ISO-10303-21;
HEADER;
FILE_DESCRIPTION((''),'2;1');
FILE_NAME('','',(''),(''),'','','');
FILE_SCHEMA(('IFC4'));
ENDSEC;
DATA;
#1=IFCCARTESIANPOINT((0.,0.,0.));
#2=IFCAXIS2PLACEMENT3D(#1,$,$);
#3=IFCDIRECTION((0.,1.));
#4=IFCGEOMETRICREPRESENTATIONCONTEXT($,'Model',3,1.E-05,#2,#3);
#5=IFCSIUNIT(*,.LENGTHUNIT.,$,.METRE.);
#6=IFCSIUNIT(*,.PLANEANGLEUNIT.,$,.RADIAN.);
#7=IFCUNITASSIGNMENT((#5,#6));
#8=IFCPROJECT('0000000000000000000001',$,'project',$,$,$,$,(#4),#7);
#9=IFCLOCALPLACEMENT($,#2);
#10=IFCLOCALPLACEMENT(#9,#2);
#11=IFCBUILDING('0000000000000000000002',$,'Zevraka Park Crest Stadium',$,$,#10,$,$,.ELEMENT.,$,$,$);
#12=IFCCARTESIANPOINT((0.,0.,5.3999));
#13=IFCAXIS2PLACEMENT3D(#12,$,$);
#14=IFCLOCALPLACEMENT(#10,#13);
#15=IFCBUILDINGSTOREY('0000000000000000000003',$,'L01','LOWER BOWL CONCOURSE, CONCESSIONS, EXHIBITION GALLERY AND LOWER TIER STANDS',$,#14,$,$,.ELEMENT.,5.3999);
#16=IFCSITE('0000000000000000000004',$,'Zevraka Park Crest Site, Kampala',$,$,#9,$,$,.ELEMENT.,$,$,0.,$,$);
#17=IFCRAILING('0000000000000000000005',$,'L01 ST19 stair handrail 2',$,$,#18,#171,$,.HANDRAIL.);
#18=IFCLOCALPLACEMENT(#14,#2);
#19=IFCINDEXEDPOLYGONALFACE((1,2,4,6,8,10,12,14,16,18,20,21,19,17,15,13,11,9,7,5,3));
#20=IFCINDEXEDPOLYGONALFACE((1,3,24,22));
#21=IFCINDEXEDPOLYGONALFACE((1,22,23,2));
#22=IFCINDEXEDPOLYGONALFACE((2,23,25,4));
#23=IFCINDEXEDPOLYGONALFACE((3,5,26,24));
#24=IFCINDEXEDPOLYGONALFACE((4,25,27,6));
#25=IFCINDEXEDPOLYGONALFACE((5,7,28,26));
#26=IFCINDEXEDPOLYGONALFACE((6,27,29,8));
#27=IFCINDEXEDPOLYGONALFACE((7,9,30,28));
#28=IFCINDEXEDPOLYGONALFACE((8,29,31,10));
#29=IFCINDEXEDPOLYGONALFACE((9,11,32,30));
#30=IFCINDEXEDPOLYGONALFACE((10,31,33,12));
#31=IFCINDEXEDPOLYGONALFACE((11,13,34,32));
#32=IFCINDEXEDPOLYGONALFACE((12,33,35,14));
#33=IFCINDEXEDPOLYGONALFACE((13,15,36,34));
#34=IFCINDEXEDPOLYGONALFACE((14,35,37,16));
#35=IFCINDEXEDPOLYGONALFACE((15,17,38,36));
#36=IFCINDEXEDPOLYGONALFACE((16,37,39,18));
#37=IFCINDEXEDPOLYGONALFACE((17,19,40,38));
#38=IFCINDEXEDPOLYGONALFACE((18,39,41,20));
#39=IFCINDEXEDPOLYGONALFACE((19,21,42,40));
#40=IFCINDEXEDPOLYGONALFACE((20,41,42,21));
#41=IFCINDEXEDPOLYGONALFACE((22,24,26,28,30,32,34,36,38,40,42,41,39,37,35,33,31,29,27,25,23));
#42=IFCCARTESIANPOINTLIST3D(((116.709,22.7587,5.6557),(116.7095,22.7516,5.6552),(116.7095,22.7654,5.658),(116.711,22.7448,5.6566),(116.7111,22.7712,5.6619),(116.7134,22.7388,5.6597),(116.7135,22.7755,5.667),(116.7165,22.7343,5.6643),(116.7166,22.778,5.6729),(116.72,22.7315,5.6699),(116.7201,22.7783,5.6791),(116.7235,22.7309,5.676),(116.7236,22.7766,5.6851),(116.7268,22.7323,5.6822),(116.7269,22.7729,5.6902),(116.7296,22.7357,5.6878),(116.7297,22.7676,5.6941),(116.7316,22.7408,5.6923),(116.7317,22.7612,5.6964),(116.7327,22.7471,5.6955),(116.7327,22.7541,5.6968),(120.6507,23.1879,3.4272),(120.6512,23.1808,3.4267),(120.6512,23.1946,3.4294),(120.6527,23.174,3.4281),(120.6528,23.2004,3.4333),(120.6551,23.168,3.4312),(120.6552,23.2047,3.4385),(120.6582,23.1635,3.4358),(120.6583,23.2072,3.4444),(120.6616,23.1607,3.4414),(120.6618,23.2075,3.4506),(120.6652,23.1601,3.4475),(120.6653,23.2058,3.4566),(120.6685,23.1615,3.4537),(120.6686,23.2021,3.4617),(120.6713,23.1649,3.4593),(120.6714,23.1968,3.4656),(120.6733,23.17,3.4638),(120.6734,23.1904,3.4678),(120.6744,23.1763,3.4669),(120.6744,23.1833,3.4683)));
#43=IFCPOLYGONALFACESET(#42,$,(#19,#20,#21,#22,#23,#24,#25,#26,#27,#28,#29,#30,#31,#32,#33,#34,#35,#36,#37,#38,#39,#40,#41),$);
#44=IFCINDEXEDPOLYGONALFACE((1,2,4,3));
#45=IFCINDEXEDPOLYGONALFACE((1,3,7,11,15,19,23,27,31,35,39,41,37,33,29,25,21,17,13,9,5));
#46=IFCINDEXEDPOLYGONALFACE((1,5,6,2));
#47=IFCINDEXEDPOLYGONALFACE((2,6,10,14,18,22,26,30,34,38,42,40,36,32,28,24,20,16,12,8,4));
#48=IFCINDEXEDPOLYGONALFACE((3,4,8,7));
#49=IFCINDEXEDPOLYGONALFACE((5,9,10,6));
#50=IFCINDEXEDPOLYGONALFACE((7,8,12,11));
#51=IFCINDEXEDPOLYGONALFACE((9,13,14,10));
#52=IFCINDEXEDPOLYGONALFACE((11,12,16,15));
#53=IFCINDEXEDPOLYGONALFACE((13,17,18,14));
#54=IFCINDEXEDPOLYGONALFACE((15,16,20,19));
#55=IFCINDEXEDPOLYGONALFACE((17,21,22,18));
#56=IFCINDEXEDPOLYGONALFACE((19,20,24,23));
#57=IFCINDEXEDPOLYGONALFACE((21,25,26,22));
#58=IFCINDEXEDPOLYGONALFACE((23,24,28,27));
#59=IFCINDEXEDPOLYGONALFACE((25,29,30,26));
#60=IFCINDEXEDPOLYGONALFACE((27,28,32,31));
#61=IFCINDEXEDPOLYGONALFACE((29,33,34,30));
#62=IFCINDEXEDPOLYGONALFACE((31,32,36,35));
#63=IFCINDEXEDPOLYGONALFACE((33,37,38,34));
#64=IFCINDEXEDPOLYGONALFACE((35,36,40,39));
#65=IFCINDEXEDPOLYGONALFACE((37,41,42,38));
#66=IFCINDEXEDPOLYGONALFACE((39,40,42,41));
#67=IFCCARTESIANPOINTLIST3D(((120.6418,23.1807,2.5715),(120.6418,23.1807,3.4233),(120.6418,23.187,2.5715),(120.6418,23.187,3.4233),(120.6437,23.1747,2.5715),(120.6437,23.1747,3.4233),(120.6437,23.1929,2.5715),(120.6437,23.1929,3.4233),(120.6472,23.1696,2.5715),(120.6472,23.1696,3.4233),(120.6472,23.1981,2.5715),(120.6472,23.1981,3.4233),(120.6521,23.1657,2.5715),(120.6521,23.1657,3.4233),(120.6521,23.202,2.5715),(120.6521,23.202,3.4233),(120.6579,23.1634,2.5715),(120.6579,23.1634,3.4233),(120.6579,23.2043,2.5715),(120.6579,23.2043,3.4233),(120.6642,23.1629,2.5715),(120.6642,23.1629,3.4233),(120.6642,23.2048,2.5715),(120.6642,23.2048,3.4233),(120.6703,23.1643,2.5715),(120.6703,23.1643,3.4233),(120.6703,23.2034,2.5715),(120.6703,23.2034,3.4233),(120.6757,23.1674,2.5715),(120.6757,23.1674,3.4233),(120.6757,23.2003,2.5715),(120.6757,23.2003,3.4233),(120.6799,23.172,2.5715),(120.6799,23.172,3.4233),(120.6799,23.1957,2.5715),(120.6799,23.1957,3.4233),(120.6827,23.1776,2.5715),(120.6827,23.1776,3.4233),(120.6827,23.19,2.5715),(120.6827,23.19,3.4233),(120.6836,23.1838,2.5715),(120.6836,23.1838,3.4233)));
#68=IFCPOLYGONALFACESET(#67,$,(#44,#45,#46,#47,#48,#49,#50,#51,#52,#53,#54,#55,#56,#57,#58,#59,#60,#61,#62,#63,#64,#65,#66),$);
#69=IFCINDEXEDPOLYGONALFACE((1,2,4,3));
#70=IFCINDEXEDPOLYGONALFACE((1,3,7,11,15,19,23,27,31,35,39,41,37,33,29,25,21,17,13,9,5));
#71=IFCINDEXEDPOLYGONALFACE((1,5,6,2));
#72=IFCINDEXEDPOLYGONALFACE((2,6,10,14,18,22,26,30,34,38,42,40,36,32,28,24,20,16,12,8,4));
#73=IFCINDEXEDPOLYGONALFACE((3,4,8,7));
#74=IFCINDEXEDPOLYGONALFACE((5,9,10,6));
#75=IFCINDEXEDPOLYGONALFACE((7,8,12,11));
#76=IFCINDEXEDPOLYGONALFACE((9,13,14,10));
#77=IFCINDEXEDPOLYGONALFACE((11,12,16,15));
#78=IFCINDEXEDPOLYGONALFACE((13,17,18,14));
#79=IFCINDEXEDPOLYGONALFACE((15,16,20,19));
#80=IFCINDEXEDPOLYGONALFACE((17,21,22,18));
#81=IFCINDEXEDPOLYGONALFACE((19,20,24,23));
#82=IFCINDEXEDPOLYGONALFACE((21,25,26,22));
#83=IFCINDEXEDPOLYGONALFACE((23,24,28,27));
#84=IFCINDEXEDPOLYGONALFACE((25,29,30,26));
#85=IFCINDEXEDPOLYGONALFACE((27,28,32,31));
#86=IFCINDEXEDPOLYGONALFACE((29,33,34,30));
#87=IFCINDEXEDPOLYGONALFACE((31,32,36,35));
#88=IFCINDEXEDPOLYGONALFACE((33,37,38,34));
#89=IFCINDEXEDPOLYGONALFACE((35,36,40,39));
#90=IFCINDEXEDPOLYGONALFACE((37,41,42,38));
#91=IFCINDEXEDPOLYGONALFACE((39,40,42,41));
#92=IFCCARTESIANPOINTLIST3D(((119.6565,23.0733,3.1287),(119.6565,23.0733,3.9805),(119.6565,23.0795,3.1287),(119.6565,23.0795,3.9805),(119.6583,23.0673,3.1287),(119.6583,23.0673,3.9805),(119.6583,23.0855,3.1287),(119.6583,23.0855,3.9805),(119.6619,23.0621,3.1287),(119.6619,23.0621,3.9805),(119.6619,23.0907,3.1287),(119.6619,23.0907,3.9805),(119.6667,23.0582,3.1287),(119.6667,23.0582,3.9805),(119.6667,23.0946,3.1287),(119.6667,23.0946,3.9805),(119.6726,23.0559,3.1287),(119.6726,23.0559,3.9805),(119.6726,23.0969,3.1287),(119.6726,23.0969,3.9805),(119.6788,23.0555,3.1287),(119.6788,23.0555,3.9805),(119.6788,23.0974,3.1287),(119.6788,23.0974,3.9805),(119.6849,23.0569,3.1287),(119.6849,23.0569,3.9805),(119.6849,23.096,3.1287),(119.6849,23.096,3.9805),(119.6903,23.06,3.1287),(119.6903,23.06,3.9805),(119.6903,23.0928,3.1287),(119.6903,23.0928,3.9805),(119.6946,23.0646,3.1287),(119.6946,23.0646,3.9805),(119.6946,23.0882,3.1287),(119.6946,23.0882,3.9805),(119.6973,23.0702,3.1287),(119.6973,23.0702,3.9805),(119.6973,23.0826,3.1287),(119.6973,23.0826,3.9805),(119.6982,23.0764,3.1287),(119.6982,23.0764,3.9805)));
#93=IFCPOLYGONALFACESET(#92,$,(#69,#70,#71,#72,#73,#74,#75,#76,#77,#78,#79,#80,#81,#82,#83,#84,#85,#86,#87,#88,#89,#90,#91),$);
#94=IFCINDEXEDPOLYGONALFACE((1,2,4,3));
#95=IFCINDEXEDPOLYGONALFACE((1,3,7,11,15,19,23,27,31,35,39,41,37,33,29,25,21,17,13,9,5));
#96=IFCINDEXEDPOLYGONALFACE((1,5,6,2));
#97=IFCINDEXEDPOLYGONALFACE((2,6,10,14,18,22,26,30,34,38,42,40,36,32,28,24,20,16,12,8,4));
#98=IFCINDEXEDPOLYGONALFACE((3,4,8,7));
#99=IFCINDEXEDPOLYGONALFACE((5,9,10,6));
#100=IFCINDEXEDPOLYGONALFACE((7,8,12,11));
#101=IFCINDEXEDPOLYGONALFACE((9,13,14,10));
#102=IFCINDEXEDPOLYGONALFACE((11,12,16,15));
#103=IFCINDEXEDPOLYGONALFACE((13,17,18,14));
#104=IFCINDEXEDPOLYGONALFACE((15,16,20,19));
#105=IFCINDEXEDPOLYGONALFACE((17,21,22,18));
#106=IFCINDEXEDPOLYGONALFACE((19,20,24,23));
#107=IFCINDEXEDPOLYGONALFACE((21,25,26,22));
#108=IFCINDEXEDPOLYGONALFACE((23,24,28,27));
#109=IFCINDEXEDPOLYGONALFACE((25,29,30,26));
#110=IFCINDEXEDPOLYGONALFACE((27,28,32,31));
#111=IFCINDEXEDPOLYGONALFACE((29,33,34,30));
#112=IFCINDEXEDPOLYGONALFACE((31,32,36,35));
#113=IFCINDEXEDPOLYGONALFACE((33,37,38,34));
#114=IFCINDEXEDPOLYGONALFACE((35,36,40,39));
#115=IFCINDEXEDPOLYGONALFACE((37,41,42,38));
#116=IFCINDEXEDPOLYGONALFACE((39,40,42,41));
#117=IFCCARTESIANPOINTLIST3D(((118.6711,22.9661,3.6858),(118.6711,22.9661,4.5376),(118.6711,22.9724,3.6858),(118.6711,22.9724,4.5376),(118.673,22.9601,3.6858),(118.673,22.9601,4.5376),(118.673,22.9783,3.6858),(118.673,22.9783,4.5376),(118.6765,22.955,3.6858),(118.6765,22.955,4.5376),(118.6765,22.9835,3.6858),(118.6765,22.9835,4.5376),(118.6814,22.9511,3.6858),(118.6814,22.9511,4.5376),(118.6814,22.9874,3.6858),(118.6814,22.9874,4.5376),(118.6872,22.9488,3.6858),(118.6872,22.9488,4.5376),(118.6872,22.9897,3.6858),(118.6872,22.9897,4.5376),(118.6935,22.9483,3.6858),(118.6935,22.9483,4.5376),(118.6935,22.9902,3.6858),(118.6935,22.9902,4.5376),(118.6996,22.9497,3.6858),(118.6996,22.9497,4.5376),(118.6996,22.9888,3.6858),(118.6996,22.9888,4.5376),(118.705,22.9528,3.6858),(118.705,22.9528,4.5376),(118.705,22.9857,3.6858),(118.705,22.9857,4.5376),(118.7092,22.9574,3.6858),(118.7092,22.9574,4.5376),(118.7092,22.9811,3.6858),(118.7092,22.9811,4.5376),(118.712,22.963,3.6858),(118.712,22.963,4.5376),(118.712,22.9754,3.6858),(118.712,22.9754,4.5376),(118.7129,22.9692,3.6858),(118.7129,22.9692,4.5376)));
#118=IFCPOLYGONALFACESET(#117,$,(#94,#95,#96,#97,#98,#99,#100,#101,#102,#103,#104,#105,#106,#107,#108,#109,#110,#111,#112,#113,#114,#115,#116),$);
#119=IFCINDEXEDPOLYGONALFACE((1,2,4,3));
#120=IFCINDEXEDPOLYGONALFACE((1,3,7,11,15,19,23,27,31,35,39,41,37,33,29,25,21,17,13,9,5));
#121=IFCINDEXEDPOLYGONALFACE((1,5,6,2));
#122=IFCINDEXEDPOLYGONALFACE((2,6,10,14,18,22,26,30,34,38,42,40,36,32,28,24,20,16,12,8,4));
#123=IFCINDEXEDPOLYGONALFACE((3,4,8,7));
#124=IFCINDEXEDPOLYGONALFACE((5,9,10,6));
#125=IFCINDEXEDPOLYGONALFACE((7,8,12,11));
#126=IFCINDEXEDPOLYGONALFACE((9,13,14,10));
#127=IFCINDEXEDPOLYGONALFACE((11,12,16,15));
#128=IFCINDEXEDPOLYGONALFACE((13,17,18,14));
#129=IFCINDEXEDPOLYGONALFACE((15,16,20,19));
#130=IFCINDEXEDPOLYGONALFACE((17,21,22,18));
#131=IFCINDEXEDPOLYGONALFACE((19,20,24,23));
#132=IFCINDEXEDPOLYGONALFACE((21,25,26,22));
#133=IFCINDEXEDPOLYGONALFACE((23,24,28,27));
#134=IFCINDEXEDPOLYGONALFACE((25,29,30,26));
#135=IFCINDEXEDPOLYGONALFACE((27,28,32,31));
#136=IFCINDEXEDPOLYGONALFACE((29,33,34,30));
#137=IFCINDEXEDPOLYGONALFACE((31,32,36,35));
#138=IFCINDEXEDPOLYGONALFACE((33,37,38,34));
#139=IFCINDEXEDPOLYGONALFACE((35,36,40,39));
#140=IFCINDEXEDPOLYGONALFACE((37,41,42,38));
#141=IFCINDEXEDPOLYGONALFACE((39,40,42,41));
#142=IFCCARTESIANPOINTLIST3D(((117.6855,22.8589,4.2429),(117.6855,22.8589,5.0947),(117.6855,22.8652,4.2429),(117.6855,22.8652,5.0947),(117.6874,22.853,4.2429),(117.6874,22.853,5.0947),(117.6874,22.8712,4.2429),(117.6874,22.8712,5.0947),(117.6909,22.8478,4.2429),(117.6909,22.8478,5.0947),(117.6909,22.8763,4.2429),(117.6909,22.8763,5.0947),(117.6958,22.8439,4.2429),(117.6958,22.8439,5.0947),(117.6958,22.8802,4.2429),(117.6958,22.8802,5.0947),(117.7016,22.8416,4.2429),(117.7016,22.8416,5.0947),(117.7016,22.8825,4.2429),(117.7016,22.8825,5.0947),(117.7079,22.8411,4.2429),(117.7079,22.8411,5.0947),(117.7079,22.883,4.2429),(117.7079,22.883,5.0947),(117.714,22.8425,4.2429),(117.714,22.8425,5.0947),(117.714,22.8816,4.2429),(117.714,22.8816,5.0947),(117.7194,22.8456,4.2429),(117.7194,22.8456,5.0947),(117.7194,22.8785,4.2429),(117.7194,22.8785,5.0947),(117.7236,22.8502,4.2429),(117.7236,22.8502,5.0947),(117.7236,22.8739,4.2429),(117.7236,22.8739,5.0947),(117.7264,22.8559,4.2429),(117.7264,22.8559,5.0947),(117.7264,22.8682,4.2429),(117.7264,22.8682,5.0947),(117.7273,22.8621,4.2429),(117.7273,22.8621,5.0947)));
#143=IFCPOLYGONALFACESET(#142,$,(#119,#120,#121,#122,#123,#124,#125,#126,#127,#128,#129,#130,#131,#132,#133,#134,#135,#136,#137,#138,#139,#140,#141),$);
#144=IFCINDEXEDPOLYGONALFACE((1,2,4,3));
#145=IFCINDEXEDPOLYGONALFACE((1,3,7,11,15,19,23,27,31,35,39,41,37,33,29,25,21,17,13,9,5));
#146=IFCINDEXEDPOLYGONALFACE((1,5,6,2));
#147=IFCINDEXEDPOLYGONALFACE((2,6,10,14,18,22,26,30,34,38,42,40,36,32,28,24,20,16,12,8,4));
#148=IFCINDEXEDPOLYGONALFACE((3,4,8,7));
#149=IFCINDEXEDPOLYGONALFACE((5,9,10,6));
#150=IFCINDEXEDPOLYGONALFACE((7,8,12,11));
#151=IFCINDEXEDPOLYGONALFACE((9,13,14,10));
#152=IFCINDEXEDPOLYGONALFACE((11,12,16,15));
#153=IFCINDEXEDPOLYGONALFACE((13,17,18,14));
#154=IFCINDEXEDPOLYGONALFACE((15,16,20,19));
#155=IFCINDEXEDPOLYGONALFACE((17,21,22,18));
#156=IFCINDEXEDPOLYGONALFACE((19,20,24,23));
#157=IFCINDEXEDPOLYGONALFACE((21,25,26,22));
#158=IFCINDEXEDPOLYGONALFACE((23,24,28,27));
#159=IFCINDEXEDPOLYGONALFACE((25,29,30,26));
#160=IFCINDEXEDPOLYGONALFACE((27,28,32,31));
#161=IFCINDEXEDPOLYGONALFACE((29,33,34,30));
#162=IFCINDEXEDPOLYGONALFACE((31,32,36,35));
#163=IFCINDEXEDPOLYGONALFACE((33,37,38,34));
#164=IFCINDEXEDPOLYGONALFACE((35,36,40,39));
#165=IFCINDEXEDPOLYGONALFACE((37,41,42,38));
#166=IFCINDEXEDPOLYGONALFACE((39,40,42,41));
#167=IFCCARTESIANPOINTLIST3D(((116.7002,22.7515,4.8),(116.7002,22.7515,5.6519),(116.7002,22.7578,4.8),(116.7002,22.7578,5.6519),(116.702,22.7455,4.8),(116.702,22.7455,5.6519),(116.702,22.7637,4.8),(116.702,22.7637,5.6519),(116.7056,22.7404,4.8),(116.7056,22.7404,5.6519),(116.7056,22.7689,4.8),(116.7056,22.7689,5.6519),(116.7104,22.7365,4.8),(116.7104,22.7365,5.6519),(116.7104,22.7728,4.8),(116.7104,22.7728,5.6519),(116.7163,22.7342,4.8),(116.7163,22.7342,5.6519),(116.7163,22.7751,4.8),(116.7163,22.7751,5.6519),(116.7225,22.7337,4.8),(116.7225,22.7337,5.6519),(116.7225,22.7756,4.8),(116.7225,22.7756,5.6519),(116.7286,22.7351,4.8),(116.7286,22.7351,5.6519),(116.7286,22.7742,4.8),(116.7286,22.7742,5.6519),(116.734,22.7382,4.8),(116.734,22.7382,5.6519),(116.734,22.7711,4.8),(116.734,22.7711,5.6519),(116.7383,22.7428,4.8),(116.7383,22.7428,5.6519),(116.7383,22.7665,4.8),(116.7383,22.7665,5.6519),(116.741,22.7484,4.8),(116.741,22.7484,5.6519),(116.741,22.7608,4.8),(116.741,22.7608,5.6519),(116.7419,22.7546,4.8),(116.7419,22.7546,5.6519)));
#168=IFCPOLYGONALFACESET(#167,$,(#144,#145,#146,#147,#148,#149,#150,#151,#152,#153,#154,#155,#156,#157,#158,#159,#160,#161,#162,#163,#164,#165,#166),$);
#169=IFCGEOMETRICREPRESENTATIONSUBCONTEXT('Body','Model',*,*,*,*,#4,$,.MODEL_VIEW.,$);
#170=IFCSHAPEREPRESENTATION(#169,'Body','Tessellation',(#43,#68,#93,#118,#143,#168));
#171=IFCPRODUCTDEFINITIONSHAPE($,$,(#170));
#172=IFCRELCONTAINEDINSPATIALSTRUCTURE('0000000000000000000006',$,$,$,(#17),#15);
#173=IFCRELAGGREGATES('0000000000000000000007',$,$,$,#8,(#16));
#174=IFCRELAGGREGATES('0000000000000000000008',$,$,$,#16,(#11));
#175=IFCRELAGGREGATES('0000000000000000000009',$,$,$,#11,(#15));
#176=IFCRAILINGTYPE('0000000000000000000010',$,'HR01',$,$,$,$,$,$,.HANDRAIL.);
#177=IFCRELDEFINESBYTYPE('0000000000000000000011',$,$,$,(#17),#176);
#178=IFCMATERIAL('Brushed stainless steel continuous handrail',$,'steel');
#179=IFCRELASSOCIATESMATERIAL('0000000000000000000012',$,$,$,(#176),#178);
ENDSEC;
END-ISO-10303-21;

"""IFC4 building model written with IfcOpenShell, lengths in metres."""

from ifc_helpers import new_model, si_unit, direction, frame, origin, origin_2d, place, context, subcontext, project, spatial, circle, extrude, material, type_object, element, save


model = new_model("IFC4")

# Units and contexts
model_context = context("Model", 3, precision=1e-05, world=origin(), true_north=direction((0.0, 1.0)))
body_context = subcontext(model_context, "Body", "Model", "MODEL_VIEW")
ifc_project = project(units=[si_unit("LENGTHUNIT", "METRE"), si_unit("PLANEANGLEUNIT", "RADIAN")], contexts=[model_context])

# Site, building, storey
site_placement = place(None, origin())
site = spatial("IfcSite", under=ifc_project, at=site_placement, Name="Zevraka Park Crest Site, Kampala", CompositionType="ELEMENT", RefElevation=0.0)
building_placement = place(site_placement, origin())
building = spatial("IfcBuilding", under=site, at=building_placement, Name="Zevraka Park Crest Stadium", CompositionType="ELEMENT")
storey_placement = place(building_placement, frame((0.0, 0.0, 5.3999)))
storey = spatial("IfcBuildingStorey", under=building, at=storey_placement, Name="L01", Description="LOWER BOWL CONCOURSE, CONCESSIONS, EXHIBITION GALLERY AND LOWER TIER STANDS", CompositionType="ELEMENT", Elevation=5.3999)

# Railing
ifc_material_1 = material(Name="Brushed stainless steel continuous handrail", Category="steel")
railing_type_1 = type_object("IfcRailingType", Name="HR01", PredefinedType="HANDRAIL", material=ifc_material_1)
railing_1_placement = place(storey_placement, frame((120.6626, 23.1838, 2.5715)))
element("IfcRailing", 1, at=railing_1_placement, inside=storey, type_object=railing_type_1, Name="L01 ST19 stair handrail 2", PredefinedType="HANDRAIL", context=body_context, shape_type="SweptSolid", body=[
    extrude(circle(Radius=0.0239, at=origin_2d()), frame((0.0, 0.0, 0.876), z_axis=(-0.866619, -0.094365, 0.489966), x_axis=(0.108248, -0.994124, 0.0)), (0.0, 0.0, 1.0), 4.5483),
    extrude(circle(Radius=0.021, at=origin_2d()), origin(), (0.0, 0.0, 1.0), 0.8518),
    extrude(circle(Radius=0.021, at=origin_2d()), frame((-0.9854, -0.1074, 0.5571)), (0.0, 0.0, 1.0), 0.8518),
    extrude(circle(Radius=0.021, at=origin_2d()), frame((-1.9707, -0.2146, 1.1143)), (0.0, 0.0, 1.0), 0.8518),
    extrude(circle(Radius=0.021, at=origin_2d()), frame((-2.9563, -0.3218, 1.6714)), (0.0, 0.0, 1.0), 0.8518),
    extrude(circle(Radius=0.021, at=origin_2d()), frame((-3.9417, -0.4292, 2.2285)), (0.0, 0.0, 1.0), 0.8518),
])

save(model, "model.ifc")
